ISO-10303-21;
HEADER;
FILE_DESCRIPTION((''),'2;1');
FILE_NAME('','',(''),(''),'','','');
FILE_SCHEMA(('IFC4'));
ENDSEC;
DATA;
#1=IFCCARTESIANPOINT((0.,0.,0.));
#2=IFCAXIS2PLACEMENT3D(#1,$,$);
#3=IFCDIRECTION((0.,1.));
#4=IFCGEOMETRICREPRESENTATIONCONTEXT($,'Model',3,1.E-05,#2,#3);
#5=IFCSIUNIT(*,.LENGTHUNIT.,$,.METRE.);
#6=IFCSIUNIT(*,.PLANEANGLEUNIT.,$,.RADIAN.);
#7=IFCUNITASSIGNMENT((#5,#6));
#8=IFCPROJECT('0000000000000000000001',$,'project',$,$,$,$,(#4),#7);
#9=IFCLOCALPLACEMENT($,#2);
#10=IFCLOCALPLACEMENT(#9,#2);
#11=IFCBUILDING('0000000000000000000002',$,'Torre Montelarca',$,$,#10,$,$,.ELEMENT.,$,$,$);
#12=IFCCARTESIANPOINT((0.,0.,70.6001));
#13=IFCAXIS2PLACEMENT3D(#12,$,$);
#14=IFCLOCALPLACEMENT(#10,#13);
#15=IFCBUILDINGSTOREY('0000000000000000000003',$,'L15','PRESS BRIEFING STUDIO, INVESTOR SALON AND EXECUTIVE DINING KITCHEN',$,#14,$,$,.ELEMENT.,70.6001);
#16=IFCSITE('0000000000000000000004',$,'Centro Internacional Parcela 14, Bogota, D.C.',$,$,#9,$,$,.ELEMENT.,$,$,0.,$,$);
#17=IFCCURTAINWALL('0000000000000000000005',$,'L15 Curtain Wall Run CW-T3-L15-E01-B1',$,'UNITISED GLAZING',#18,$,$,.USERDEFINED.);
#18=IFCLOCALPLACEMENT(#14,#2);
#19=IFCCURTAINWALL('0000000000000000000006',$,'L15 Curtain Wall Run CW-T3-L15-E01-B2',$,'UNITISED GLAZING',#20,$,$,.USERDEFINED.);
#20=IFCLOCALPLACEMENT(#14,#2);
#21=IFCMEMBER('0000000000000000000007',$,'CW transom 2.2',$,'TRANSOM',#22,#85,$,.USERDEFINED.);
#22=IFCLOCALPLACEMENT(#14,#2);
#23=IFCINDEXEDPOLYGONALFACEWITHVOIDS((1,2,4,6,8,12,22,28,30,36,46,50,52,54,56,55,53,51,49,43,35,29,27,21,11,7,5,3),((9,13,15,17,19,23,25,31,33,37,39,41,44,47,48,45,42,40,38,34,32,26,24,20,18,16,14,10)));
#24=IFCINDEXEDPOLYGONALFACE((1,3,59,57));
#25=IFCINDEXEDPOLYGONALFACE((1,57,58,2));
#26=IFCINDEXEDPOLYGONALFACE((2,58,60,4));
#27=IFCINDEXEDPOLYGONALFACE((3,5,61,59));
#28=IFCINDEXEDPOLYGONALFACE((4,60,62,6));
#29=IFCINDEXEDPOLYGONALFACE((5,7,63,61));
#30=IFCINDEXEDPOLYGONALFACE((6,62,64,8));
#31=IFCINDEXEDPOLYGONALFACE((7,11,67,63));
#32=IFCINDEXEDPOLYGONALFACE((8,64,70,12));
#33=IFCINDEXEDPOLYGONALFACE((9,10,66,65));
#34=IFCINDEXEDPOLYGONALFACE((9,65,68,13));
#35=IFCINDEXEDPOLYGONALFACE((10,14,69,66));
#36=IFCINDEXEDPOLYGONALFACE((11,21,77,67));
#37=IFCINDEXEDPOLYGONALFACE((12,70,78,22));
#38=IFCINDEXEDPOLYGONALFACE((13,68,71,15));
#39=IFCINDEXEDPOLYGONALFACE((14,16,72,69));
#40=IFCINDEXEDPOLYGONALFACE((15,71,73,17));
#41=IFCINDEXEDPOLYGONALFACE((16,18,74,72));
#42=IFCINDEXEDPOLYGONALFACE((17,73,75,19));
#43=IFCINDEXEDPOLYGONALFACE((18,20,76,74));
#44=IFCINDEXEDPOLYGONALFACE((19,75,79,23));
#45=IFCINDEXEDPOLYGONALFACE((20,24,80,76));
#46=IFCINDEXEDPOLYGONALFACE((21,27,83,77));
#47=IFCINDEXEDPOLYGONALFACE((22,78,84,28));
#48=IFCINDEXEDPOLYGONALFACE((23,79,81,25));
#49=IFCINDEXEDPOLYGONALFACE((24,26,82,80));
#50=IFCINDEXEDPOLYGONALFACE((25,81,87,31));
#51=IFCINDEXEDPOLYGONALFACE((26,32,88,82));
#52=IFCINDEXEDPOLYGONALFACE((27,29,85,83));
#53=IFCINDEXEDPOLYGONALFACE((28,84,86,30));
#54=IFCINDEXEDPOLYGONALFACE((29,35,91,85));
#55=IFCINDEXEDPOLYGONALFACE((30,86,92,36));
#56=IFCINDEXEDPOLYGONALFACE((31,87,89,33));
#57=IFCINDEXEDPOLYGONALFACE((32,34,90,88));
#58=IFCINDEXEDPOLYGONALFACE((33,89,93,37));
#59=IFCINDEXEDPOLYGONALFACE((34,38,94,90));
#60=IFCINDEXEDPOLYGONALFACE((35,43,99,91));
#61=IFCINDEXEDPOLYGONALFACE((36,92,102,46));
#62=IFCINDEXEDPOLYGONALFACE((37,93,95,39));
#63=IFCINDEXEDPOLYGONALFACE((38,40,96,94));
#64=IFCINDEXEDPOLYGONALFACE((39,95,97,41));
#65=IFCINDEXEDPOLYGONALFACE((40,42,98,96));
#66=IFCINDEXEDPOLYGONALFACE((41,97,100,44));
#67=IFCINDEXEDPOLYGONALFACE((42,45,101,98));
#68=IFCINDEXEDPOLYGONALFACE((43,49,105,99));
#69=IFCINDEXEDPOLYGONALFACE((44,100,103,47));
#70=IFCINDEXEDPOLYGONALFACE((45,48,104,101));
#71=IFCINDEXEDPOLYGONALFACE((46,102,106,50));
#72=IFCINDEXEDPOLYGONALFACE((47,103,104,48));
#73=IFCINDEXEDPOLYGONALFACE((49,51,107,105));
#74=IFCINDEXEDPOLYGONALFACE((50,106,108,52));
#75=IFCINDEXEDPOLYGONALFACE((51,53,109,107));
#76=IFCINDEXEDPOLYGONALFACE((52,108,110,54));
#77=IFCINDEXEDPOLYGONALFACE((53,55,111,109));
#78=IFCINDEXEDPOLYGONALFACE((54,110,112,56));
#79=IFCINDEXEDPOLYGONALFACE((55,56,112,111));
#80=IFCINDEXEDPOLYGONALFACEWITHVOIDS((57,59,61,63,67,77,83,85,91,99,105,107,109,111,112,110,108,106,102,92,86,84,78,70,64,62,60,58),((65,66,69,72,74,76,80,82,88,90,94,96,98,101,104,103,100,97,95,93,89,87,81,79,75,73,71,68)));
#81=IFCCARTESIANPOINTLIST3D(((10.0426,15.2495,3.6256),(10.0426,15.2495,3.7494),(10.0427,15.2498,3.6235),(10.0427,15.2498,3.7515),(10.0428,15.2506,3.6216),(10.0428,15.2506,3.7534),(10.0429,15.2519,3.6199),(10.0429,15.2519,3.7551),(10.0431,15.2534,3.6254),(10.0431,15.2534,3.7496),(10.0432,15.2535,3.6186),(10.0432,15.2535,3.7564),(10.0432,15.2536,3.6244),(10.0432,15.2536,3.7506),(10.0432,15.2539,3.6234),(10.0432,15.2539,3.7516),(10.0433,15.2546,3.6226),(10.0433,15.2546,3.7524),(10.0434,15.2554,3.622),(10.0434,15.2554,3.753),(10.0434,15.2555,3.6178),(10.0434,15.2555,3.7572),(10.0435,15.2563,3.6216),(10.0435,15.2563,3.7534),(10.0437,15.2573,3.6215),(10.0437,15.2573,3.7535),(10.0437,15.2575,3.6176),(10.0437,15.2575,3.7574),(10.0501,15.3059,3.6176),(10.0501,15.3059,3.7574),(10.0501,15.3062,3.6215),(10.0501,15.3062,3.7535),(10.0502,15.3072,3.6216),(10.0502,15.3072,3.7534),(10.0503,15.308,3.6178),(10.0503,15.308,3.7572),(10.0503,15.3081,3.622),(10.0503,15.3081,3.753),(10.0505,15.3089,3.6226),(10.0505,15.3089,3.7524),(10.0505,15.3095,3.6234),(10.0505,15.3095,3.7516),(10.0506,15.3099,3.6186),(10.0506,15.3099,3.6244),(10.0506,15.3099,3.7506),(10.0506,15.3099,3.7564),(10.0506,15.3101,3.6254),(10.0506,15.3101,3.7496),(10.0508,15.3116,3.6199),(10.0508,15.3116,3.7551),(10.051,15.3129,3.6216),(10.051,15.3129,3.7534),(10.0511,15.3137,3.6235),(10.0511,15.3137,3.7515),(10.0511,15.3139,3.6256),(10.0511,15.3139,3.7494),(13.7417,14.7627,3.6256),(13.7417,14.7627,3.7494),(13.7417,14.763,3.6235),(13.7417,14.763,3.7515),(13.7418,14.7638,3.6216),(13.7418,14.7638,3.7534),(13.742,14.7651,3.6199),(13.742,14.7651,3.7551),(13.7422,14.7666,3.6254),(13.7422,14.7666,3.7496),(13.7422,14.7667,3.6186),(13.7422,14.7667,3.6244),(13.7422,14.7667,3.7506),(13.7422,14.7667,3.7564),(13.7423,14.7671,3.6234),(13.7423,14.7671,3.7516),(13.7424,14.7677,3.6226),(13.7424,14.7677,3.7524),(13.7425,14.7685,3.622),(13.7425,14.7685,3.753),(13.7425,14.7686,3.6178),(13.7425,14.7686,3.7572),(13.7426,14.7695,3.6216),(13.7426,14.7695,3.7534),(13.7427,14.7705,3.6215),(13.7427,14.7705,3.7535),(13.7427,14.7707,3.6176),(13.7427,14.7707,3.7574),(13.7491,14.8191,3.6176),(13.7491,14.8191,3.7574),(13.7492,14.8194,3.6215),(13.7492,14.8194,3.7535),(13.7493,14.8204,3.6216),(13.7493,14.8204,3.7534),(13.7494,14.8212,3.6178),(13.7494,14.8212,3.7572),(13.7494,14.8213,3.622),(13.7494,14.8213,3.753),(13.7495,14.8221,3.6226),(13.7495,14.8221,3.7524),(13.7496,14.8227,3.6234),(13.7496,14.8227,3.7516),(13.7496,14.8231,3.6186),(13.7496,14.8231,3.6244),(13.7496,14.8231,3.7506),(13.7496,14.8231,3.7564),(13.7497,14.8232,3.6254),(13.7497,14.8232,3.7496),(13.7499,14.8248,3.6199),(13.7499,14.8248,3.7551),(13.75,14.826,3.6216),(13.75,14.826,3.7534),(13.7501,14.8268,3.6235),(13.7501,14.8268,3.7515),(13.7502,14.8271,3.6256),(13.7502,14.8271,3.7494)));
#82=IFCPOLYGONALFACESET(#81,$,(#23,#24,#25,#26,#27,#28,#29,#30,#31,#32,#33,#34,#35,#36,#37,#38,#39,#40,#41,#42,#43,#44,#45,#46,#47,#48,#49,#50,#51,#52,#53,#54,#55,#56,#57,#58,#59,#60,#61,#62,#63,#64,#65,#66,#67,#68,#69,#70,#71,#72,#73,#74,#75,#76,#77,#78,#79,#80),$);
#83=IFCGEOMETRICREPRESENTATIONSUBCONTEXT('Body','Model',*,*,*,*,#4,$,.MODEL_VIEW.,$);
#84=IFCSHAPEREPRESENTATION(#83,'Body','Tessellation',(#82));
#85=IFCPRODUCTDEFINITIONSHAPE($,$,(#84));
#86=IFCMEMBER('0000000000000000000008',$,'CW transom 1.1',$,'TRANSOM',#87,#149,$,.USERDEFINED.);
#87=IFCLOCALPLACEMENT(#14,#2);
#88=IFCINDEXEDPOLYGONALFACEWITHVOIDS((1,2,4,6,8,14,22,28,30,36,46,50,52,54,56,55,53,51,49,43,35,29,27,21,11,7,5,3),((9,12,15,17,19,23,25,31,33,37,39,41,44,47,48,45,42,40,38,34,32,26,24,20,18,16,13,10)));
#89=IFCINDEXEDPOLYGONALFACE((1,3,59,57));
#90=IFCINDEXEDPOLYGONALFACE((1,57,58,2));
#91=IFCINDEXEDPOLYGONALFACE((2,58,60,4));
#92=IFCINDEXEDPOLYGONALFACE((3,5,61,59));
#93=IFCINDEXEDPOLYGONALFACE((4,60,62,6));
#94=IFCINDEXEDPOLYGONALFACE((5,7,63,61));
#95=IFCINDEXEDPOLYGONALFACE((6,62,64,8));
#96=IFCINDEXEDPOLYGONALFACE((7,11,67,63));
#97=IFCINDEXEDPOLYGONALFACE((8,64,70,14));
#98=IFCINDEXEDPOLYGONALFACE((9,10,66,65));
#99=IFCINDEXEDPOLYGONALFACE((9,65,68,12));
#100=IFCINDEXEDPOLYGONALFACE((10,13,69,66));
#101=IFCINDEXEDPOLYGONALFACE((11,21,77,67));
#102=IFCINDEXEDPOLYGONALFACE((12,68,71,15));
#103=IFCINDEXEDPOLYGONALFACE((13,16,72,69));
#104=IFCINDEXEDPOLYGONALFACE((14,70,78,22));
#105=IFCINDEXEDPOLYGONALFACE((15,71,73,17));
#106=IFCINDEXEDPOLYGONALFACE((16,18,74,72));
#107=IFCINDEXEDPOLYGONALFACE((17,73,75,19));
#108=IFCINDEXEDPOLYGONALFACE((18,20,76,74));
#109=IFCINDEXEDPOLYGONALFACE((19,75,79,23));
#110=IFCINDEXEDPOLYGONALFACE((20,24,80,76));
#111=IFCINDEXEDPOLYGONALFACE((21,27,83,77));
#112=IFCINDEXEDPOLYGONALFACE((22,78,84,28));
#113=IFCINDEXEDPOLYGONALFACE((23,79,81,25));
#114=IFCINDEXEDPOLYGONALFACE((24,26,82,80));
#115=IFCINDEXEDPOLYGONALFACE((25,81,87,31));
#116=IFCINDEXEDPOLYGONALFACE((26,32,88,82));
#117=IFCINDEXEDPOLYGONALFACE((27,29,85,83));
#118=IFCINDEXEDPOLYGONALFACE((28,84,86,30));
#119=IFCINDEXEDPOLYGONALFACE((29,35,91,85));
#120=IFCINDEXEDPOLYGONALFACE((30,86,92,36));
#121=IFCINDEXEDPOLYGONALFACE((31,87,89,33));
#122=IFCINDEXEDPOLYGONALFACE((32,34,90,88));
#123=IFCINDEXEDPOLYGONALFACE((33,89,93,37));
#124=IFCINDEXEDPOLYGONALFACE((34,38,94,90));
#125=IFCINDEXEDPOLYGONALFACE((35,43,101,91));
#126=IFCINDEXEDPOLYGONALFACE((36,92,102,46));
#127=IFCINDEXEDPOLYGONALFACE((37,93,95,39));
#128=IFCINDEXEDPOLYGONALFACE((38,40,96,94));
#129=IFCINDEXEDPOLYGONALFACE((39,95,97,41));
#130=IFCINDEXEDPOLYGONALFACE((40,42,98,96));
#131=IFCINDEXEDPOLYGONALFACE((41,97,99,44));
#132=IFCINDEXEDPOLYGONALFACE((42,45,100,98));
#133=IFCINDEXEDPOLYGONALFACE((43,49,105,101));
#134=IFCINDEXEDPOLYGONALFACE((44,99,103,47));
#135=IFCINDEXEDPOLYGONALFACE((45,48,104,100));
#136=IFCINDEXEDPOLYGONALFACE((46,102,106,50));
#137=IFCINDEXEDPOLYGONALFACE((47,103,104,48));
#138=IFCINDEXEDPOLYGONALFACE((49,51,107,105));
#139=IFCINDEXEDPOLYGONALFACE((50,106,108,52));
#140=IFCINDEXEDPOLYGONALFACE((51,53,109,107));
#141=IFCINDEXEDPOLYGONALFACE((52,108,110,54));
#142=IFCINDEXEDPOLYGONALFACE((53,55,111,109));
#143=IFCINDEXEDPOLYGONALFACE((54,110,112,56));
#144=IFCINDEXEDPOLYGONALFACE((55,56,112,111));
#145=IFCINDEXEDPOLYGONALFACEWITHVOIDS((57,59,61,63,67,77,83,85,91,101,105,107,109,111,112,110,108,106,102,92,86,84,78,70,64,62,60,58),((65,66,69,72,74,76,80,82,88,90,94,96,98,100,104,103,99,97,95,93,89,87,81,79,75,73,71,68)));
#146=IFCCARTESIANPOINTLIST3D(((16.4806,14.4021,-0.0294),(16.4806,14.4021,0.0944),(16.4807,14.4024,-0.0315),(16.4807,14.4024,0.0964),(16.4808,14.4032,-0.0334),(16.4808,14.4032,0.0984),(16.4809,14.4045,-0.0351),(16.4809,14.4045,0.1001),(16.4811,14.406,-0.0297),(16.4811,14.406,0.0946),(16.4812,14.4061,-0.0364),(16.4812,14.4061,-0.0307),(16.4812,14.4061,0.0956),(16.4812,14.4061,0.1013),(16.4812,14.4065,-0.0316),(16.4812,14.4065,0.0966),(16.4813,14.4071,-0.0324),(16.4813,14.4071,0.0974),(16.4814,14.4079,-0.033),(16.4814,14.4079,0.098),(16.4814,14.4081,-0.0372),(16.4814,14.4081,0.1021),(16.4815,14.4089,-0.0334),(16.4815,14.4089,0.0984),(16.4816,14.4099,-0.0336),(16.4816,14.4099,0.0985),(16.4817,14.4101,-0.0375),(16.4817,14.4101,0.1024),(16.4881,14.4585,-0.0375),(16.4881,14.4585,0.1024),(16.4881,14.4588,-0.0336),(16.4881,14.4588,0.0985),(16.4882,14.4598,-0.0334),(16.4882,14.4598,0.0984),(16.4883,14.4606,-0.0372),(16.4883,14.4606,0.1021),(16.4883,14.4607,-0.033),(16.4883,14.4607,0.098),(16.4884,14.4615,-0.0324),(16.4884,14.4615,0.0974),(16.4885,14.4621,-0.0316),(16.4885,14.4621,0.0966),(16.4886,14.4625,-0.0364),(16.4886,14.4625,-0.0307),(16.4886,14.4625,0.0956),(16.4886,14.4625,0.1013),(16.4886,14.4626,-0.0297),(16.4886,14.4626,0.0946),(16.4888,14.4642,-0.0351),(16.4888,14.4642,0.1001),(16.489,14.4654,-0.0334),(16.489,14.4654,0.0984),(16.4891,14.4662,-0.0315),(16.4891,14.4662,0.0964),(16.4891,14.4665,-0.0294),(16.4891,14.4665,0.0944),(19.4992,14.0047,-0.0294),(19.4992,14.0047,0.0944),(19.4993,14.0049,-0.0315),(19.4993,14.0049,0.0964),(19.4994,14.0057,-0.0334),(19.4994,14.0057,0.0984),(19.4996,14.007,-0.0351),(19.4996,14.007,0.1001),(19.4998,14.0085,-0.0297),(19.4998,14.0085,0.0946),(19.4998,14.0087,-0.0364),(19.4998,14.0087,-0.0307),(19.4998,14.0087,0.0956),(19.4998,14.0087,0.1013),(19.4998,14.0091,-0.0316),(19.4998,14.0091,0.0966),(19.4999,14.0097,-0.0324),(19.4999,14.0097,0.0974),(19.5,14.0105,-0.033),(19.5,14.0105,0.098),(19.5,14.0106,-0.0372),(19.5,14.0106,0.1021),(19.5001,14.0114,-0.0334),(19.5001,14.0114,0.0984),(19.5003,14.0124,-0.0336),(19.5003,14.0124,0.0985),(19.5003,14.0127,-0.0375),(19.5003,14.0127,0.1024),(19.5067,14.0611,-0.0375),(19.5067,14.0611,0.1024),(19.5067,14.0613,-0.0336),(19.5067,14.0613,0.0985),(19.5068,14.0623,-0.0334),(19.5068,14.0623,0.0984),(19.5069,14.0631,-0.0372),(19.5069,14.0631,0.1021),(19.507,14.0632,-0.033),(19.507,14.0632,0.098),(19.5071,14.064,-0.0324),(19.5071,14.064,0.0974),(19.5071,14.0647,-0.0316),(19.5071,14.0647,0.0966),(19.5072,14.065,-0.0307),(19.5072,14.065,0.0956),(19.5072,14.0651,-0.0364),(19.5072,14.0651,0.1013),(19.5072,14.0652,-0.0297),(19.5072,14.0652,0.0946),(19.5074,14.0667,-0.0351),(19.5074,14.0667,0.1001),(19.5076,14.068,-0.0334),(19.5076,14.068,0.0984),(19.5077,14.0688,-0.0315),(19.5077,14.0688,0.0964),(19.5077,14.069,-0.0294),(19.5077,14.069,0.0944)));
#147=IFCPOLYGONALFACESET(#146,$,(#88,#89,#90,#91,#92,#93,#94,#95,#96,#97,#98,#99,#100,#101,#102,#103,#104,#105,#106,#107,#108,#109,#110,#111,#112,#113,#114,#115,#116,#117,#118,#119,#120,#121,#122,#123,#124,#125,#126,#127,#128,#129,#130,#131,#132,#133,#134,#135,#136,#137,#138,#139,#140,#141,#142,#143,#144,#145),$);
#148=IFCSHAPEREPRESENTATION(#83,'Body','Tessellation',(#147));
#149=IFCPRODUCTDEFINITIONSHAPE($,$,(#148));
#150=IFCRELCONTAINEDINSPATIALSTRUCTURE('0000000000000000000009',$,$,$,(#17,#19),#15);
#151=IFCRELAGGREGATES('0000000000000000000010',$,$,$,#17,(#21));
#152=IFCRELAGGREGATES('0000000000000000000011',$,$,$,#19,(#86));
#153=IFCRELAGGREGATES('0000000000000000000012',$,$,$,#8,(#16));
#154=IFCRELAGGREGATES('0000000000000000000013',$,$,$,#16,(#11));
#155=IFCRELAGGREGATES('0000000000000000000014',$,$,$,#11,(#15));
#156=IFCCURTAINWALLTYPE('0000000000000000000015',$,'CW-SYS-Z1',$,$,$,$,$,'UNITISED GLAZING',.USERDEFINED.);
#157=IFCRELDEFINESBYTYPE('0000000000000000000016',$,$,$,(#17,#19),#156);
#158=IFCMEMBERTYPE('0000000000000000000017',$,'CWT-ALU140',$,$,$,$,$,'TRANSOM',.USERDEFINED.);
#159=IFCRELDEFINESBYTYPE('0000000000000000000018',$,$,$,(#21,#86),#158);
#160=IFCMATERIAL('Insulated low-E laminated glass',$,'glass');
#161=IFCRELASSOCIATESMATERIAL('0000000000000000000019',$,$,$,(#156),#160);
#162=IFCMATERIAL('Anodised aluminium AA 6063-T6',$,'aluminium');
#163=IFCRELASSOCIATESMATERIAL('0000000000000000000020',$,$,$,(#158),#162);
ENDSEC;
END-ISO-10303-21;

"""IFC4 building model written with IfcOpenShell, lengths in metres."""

from ifc_helpers import new_model, si_unit, direction, frame, origin, origin_2d, place, context, subcontext, project, spatial, hollow_rectangle, extrude, source, transform, mapped, material, material_profile, profile_set, type_object, element, aggregate, save


model = new_model("IFC4")

# Units and contexts
model_context = context("Model", 3, precision=1e-05, world=origin(), true_north=direction((0.0, 1.0)))
body_context = subcontext(model_context, "Body", "Model", "MODEL_VIEW")
ifc_project = project(units=[si_unit("LENGTHUNIT", "METRE"), si_unit("PLANEANGLEUNIT", "RADIAN")], contexts=[model_context])

# Site, building, storey
site_placement = place(None, origin())
site = spatial("IfcSite", under=ifc_project, at=site_placement, Name="Centro Internacional Parcela 14, Bogota, D.C.", CompositionType="ELEMENT", RefElevation=0.0)
building_placement = place(site_placement, origin())
building = spatial("IfcBuilding", under=site, at=building_placement, Name="Torre Montelarca", CompositionType="ELEMENT")
storey_placement = place(building_placement, frame((0.0, 0.0, 70.6001)))
storey = spatial("IfcBuildingStorey", under=building, at=storey_placement, Name="L15", Description="PRESS BRIEFING STUDIO, INVESTOR SALON AND EXECUTIVE DINING KITCHEN", CompositionType="ELEMENT", Elevation=70.6001)

# Curtain wall
ifc_material_1 = material(Name="Insulated low-E laminated glass", Category="glass")
curtain_wall_type = type_object("IfcCurtainWallType", Name="CW-SYS-Z1", ElementType="UNITISED GLAZING", PredefinedType="USERDEFINED", material=ifc_material_1)
curtain_wall_1_placement = place(storey_placement, origin())
curtain_wall_1 = element("IfcCurtainWall", 1, at=curtain_wall_1_placement, inside=storey, type_object=curtain_wall_type, Name="L15 Curtain Wall Run CW-T3-L15-E01-B1", ObjectType="UNITISED GLAZING", PredefinedType="USERDEFINED")
ifc_material_2 = material(Name="Anodised aluminium AA 6063-T6", Category="aluminium")

# Curtain wall
curtain_wall_2_placement = place(storey_placement, origin())
curtain_wall_2 = element("IfcCurtainWall", 2, at=curtain_wall_2_placement, inside=storey, type_object=curtain_wall_type, Name="L15 Curtain Wall Run CW-T3-L15-E01-B2", ObjectType="UNITISED GLAZING", PredefinedType="USERDEFINED")

# Members
ifc_material_profile_1 = material_profile(ifc_material_2, hollow_rectangle(XDim=0.0649, YDim=0.1399, WallThickness=0.0039, InnerFilletRadius=0.0039, OuterFilletRadius=0.0081, at=origin_2d()), Name="ALU65X140X4", Category="aluminium")
ifc_profile_set_1 = profile_set([ifc_material_profile_1], Name="Anodised aluminium AA 6063-T6")
member_type_1 = type_object("IfcMemberType", Name="CWT-ALU140", ElementType="TRANSOM", PredefinedType="USERDEFINED", material=ifc_profile_set_1)
shared_shape_1 = source(origin(), body_context, "Body", "SweptSolid", [
    extrude(hollow_rectangle(XDim=0.0649, YDim=0.1399, WallThickness=0.0039, InnerFilletRadius=0.0039, OuterFilletRadius=0.0081, at=origin_2d()), origin(), (0.0, 0.0, 1.0), 3.731),
])
member_1_placement = place(storey_placement, frame((10.0469, 15.2817, 3.6875), z_axis=(0.991451, -0.130483, 0.0), x_axis=(0.130483, 0.991451, 0.0)))
member_1 = element("IfcMember", 3, at=member_1_placement, type_object=member_type_1, Name="CW transom 2.2", ObjectType="TRANSOM", PredefinedType="USERDEFINED", context=body_context, shape_type="MappedRepresentation", body=[
    mapped(shared_shape_1, transform((0.0, 0.0, 0.0), scale=1.0)),
])
shared_shape_2 = source(origin(), body_context, "Body", "SweptSolid", [
    extrude(hollow_rectangle(XDim=0.0649, YDim=0.1399, WallThickness=0.0039, InnerFilletRadius=0.0039, OuterFilletRadius=0.0081, at=origin_2d()), origin(), (0.0, 0.0, 1.0), 3.0447),
])
member_2_placement = place(storey_placement, frame((16.4849, 14.4343, 0.0325), z_axis=(0.991442, -0.130546, 0.0), x_axis=(0.130546, 0.991442, 0.0)))
member_2 = element("IfcMember", 4, at=member_2_placement, type_object=member_type_1, Name="CW transom 1.1", ObjectType="TRANSOM", PredefinedType="USERDEFINED", context=body_context, shape_type="MappedRepresentation", body=[
    mapped(shared_shape_2, transform((0.0, 0.0, 0.0), scale=1.0)),
])

aggregate(curtain_wall_1, [member_1])
aggregate(curtain_wall_2, [member_2])

save(model, "model.ifc")
